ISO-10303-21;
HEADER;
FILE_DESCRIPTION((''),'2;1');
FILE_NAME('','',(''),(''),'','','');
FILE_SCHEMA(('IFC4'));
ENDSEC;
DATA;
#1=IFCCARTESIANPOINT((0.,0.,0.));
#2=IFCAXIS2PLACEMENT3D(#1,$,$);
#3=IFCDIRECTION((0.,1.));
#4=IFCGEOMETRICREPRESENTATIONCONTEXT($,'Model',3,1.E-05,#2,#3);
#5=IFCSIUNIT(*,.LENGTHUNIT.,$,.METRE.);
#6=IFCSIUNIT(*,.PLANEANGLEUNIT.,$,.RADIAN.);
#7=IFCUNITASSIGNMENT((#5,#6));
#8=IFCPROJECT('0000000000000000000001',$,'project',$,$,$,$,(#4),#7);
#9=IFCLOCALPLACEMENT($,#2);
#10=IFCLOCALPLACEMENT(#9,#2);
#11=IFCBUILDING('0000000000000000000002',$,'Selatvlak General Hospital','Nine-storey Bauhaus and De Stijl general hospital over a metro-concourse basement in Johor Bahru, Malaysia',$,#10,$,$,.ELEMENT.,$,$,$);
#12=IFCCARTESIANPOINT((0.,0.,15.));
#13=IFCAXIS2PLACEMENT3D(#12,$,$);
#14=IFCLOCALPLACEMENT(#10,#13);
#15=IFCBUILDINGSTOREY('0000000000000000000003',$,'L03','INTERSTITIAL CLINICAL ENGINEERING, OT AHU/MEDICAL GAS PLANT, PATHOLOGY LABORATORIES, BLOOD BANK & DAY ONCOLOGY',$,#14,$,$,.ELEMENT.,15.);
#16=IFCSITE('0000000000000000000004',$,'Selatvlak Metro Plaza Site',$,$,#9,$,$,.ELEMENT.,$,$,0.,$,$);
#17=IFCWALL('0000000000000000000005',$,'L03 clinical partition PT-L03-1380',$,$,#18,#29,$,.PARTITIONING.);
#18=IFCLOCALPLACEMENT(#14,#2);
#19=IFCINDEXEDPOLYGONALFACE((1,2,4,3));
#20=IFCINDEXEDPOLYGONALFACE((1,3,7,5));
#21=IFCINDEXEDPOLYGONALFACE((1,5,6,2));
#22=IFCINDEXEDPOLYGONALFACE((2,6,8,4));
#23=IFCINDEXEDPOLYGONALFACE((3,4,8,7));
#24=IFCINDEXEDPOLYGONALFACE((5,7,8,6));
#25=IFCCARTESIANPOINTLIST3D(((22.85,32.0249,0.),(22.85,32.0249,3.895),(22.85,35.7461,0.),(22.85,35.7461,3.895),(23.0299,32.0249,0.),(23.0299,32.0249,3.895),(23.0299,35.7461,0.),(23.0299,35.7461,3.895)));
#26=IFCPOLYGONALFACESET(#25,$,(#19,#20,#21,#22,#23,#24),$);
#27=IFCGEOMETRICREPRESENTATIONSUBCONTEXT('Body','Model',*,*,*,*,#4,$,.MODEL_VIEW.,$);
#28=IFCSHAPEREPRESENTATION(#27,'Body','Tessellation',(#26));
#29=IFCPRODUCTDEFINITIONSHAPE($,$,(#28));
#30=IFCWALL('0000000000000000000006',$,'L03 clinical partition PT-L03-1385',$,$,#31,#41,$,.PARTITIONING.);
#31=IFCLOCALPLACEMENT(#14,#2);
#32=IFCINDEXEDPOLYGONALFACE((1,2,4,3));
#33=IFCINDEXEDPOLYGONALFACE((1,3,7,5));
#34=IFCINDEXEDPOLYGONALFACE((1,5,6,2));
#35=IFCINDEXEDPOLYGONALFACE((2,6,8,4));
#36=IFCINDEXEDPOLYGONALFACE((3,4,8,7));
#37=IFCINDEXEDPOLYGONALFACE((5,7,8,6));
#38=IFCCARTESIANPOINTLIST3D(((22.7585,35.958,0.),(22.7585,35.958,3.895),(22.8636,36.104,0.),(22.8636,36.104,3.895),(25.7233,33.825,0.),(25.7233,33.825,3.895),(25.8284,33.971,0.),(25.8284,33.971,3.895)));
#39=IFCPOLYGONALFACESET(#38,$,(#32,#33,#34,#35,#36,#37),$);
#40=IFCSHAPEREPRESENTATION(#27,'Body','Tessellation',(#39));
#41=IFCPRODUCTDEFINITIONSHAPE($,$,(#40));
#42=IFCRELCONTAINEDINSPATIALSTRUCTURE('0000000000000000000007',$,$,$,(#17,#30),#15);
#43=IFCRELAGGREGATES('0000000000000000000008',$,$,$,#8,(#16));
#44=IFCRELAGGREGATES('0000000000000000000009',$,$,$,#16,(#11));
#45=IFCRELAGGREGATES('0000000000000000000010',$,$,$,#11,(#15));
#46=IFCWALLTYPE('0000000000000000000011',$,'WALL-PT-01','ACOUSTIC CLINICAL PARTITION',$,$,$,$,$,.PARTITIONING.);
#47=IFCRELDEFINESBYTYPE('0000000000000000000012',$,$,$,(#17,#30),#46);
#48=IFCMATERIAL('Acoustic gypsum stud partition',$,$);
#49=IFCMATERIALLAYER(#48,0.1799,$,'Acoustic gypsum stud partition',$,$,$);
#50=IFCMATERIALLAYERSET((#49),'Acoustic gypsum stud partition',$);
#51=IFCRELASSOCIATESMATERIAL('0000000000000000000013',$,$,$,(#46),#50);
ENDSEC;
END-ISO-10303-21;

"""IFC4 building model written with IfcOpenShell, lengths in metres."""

from ifc_helpers import new_model, si_unit, direction, frame, frame_2d, origin, place, context, subcontext, project, spatial, rectangle, extrude, material, layer, layer_set, type_object, element, save


model = new_model("IFC4")

# Units and contexts
model_context = context("Model", 3, precision=1e-05, world=origin(), true_north=direction((0.0, 1.0)))
body_context = subcontext(model_context, "Body", "Model", "MODEL_VIEW")
ifc_project = project(units=[si_unit("LENGTHUNIT", "METRE"), si_unit("PLANEANGLEUNIT", "RADIAN")], contexts=[model_context])

# Site, building, storey
site_placement = place(None, origin())
site = spatial("IfcSite", under=ifc_project, at=site_placement, Name="Selatvlak Metro Plaza Site", CompositionType="ELEMENT", RefElevation=0.0)
building_placement = place(site_placement, origin())
building = spatial("IfcBuilding", under=site, at=building_placement, Name="Selatvlak General Hospital", Description="Nine-storey Bauhaus and De Stijl general hospital over a metro-concourse basement in Johor Bahru, Malaysia", CompositionType="ELEMENT")
storey_placement = place(building_placement, frame((0.0, 0.0, 15.0)))
storey = spatial("IfcBuildingStorey", under=building, at=storey_placement, Name="L03", Description="INTERSTITIAL CLINICAL ENGINEERING, OT AHU/MEDICAL GAS PLANT, PATHOLOGY LABORATORIES, BLOOD BANK & DAY ONCOLOGY", CompositionType="ELEMENT", Elevation=15.0)

# Walls
ifc_material_1 = material(Name="Acoustic gypsum stud partition")
ifc_layer_1 = layer(ifc_material_1, 0.1799, Name="Acoustic gypsum stud partition")
ifc_layer_set_1 = layer_set([ifc_layer_1], Name="Acoustic gypsum stud partition")
wall_type = type_object("IfcWallType", Name="WALL-PT-01", Description="ACOUSTIC CLINICAL PARTITION", PredefinedType="PARTITIONING", material=ifc_layer_set_1)
wall_1_placement = place(storey_placement, frame((22.9399, 32.0249, 0.0), z_axis=(0.0, 0.0, 1.0), x_axis=(0.0, 1.0, 0.0)))
element("IfcWall", 1, at=wall_1_placement, inside=storey, type_object=wall_type, Name="L03 clinical partition PT-L03-1380", PredefinedType="PARTITIONING", context=body_context, shape_type="SweptSolid", body=[
    extrude(rectangle(XDim=3.7212, YDim=0.1799, at=frame_2d((1.8606, 0.0))), origin(), (0.0, 0.0, 1.0), 3.895),
])
wall_2_placement = place(storey_placement, frame((22.811, 36.031, 0.0), z_axis=(0.0, 0.0, 1.0), x_axis=(0.811746, -0.584011, 0.0)))
element("IfcWall", 2, at=wall_2_placement, inside=storey, type_object=wall_type, Name="L03 clinical partition PT-L03-1385", PredefinedType="PARTITIONING", context=body_context, shape_type="SweptSolid", body=[
    extrude(rectangle(XDim=3.6523, YDim=0.1799, at=frame_2d((1.8262, 0.0))), origin(), (0.0, 0.0, 1.0), 3.895),
])

save(model, "model.ifc")
